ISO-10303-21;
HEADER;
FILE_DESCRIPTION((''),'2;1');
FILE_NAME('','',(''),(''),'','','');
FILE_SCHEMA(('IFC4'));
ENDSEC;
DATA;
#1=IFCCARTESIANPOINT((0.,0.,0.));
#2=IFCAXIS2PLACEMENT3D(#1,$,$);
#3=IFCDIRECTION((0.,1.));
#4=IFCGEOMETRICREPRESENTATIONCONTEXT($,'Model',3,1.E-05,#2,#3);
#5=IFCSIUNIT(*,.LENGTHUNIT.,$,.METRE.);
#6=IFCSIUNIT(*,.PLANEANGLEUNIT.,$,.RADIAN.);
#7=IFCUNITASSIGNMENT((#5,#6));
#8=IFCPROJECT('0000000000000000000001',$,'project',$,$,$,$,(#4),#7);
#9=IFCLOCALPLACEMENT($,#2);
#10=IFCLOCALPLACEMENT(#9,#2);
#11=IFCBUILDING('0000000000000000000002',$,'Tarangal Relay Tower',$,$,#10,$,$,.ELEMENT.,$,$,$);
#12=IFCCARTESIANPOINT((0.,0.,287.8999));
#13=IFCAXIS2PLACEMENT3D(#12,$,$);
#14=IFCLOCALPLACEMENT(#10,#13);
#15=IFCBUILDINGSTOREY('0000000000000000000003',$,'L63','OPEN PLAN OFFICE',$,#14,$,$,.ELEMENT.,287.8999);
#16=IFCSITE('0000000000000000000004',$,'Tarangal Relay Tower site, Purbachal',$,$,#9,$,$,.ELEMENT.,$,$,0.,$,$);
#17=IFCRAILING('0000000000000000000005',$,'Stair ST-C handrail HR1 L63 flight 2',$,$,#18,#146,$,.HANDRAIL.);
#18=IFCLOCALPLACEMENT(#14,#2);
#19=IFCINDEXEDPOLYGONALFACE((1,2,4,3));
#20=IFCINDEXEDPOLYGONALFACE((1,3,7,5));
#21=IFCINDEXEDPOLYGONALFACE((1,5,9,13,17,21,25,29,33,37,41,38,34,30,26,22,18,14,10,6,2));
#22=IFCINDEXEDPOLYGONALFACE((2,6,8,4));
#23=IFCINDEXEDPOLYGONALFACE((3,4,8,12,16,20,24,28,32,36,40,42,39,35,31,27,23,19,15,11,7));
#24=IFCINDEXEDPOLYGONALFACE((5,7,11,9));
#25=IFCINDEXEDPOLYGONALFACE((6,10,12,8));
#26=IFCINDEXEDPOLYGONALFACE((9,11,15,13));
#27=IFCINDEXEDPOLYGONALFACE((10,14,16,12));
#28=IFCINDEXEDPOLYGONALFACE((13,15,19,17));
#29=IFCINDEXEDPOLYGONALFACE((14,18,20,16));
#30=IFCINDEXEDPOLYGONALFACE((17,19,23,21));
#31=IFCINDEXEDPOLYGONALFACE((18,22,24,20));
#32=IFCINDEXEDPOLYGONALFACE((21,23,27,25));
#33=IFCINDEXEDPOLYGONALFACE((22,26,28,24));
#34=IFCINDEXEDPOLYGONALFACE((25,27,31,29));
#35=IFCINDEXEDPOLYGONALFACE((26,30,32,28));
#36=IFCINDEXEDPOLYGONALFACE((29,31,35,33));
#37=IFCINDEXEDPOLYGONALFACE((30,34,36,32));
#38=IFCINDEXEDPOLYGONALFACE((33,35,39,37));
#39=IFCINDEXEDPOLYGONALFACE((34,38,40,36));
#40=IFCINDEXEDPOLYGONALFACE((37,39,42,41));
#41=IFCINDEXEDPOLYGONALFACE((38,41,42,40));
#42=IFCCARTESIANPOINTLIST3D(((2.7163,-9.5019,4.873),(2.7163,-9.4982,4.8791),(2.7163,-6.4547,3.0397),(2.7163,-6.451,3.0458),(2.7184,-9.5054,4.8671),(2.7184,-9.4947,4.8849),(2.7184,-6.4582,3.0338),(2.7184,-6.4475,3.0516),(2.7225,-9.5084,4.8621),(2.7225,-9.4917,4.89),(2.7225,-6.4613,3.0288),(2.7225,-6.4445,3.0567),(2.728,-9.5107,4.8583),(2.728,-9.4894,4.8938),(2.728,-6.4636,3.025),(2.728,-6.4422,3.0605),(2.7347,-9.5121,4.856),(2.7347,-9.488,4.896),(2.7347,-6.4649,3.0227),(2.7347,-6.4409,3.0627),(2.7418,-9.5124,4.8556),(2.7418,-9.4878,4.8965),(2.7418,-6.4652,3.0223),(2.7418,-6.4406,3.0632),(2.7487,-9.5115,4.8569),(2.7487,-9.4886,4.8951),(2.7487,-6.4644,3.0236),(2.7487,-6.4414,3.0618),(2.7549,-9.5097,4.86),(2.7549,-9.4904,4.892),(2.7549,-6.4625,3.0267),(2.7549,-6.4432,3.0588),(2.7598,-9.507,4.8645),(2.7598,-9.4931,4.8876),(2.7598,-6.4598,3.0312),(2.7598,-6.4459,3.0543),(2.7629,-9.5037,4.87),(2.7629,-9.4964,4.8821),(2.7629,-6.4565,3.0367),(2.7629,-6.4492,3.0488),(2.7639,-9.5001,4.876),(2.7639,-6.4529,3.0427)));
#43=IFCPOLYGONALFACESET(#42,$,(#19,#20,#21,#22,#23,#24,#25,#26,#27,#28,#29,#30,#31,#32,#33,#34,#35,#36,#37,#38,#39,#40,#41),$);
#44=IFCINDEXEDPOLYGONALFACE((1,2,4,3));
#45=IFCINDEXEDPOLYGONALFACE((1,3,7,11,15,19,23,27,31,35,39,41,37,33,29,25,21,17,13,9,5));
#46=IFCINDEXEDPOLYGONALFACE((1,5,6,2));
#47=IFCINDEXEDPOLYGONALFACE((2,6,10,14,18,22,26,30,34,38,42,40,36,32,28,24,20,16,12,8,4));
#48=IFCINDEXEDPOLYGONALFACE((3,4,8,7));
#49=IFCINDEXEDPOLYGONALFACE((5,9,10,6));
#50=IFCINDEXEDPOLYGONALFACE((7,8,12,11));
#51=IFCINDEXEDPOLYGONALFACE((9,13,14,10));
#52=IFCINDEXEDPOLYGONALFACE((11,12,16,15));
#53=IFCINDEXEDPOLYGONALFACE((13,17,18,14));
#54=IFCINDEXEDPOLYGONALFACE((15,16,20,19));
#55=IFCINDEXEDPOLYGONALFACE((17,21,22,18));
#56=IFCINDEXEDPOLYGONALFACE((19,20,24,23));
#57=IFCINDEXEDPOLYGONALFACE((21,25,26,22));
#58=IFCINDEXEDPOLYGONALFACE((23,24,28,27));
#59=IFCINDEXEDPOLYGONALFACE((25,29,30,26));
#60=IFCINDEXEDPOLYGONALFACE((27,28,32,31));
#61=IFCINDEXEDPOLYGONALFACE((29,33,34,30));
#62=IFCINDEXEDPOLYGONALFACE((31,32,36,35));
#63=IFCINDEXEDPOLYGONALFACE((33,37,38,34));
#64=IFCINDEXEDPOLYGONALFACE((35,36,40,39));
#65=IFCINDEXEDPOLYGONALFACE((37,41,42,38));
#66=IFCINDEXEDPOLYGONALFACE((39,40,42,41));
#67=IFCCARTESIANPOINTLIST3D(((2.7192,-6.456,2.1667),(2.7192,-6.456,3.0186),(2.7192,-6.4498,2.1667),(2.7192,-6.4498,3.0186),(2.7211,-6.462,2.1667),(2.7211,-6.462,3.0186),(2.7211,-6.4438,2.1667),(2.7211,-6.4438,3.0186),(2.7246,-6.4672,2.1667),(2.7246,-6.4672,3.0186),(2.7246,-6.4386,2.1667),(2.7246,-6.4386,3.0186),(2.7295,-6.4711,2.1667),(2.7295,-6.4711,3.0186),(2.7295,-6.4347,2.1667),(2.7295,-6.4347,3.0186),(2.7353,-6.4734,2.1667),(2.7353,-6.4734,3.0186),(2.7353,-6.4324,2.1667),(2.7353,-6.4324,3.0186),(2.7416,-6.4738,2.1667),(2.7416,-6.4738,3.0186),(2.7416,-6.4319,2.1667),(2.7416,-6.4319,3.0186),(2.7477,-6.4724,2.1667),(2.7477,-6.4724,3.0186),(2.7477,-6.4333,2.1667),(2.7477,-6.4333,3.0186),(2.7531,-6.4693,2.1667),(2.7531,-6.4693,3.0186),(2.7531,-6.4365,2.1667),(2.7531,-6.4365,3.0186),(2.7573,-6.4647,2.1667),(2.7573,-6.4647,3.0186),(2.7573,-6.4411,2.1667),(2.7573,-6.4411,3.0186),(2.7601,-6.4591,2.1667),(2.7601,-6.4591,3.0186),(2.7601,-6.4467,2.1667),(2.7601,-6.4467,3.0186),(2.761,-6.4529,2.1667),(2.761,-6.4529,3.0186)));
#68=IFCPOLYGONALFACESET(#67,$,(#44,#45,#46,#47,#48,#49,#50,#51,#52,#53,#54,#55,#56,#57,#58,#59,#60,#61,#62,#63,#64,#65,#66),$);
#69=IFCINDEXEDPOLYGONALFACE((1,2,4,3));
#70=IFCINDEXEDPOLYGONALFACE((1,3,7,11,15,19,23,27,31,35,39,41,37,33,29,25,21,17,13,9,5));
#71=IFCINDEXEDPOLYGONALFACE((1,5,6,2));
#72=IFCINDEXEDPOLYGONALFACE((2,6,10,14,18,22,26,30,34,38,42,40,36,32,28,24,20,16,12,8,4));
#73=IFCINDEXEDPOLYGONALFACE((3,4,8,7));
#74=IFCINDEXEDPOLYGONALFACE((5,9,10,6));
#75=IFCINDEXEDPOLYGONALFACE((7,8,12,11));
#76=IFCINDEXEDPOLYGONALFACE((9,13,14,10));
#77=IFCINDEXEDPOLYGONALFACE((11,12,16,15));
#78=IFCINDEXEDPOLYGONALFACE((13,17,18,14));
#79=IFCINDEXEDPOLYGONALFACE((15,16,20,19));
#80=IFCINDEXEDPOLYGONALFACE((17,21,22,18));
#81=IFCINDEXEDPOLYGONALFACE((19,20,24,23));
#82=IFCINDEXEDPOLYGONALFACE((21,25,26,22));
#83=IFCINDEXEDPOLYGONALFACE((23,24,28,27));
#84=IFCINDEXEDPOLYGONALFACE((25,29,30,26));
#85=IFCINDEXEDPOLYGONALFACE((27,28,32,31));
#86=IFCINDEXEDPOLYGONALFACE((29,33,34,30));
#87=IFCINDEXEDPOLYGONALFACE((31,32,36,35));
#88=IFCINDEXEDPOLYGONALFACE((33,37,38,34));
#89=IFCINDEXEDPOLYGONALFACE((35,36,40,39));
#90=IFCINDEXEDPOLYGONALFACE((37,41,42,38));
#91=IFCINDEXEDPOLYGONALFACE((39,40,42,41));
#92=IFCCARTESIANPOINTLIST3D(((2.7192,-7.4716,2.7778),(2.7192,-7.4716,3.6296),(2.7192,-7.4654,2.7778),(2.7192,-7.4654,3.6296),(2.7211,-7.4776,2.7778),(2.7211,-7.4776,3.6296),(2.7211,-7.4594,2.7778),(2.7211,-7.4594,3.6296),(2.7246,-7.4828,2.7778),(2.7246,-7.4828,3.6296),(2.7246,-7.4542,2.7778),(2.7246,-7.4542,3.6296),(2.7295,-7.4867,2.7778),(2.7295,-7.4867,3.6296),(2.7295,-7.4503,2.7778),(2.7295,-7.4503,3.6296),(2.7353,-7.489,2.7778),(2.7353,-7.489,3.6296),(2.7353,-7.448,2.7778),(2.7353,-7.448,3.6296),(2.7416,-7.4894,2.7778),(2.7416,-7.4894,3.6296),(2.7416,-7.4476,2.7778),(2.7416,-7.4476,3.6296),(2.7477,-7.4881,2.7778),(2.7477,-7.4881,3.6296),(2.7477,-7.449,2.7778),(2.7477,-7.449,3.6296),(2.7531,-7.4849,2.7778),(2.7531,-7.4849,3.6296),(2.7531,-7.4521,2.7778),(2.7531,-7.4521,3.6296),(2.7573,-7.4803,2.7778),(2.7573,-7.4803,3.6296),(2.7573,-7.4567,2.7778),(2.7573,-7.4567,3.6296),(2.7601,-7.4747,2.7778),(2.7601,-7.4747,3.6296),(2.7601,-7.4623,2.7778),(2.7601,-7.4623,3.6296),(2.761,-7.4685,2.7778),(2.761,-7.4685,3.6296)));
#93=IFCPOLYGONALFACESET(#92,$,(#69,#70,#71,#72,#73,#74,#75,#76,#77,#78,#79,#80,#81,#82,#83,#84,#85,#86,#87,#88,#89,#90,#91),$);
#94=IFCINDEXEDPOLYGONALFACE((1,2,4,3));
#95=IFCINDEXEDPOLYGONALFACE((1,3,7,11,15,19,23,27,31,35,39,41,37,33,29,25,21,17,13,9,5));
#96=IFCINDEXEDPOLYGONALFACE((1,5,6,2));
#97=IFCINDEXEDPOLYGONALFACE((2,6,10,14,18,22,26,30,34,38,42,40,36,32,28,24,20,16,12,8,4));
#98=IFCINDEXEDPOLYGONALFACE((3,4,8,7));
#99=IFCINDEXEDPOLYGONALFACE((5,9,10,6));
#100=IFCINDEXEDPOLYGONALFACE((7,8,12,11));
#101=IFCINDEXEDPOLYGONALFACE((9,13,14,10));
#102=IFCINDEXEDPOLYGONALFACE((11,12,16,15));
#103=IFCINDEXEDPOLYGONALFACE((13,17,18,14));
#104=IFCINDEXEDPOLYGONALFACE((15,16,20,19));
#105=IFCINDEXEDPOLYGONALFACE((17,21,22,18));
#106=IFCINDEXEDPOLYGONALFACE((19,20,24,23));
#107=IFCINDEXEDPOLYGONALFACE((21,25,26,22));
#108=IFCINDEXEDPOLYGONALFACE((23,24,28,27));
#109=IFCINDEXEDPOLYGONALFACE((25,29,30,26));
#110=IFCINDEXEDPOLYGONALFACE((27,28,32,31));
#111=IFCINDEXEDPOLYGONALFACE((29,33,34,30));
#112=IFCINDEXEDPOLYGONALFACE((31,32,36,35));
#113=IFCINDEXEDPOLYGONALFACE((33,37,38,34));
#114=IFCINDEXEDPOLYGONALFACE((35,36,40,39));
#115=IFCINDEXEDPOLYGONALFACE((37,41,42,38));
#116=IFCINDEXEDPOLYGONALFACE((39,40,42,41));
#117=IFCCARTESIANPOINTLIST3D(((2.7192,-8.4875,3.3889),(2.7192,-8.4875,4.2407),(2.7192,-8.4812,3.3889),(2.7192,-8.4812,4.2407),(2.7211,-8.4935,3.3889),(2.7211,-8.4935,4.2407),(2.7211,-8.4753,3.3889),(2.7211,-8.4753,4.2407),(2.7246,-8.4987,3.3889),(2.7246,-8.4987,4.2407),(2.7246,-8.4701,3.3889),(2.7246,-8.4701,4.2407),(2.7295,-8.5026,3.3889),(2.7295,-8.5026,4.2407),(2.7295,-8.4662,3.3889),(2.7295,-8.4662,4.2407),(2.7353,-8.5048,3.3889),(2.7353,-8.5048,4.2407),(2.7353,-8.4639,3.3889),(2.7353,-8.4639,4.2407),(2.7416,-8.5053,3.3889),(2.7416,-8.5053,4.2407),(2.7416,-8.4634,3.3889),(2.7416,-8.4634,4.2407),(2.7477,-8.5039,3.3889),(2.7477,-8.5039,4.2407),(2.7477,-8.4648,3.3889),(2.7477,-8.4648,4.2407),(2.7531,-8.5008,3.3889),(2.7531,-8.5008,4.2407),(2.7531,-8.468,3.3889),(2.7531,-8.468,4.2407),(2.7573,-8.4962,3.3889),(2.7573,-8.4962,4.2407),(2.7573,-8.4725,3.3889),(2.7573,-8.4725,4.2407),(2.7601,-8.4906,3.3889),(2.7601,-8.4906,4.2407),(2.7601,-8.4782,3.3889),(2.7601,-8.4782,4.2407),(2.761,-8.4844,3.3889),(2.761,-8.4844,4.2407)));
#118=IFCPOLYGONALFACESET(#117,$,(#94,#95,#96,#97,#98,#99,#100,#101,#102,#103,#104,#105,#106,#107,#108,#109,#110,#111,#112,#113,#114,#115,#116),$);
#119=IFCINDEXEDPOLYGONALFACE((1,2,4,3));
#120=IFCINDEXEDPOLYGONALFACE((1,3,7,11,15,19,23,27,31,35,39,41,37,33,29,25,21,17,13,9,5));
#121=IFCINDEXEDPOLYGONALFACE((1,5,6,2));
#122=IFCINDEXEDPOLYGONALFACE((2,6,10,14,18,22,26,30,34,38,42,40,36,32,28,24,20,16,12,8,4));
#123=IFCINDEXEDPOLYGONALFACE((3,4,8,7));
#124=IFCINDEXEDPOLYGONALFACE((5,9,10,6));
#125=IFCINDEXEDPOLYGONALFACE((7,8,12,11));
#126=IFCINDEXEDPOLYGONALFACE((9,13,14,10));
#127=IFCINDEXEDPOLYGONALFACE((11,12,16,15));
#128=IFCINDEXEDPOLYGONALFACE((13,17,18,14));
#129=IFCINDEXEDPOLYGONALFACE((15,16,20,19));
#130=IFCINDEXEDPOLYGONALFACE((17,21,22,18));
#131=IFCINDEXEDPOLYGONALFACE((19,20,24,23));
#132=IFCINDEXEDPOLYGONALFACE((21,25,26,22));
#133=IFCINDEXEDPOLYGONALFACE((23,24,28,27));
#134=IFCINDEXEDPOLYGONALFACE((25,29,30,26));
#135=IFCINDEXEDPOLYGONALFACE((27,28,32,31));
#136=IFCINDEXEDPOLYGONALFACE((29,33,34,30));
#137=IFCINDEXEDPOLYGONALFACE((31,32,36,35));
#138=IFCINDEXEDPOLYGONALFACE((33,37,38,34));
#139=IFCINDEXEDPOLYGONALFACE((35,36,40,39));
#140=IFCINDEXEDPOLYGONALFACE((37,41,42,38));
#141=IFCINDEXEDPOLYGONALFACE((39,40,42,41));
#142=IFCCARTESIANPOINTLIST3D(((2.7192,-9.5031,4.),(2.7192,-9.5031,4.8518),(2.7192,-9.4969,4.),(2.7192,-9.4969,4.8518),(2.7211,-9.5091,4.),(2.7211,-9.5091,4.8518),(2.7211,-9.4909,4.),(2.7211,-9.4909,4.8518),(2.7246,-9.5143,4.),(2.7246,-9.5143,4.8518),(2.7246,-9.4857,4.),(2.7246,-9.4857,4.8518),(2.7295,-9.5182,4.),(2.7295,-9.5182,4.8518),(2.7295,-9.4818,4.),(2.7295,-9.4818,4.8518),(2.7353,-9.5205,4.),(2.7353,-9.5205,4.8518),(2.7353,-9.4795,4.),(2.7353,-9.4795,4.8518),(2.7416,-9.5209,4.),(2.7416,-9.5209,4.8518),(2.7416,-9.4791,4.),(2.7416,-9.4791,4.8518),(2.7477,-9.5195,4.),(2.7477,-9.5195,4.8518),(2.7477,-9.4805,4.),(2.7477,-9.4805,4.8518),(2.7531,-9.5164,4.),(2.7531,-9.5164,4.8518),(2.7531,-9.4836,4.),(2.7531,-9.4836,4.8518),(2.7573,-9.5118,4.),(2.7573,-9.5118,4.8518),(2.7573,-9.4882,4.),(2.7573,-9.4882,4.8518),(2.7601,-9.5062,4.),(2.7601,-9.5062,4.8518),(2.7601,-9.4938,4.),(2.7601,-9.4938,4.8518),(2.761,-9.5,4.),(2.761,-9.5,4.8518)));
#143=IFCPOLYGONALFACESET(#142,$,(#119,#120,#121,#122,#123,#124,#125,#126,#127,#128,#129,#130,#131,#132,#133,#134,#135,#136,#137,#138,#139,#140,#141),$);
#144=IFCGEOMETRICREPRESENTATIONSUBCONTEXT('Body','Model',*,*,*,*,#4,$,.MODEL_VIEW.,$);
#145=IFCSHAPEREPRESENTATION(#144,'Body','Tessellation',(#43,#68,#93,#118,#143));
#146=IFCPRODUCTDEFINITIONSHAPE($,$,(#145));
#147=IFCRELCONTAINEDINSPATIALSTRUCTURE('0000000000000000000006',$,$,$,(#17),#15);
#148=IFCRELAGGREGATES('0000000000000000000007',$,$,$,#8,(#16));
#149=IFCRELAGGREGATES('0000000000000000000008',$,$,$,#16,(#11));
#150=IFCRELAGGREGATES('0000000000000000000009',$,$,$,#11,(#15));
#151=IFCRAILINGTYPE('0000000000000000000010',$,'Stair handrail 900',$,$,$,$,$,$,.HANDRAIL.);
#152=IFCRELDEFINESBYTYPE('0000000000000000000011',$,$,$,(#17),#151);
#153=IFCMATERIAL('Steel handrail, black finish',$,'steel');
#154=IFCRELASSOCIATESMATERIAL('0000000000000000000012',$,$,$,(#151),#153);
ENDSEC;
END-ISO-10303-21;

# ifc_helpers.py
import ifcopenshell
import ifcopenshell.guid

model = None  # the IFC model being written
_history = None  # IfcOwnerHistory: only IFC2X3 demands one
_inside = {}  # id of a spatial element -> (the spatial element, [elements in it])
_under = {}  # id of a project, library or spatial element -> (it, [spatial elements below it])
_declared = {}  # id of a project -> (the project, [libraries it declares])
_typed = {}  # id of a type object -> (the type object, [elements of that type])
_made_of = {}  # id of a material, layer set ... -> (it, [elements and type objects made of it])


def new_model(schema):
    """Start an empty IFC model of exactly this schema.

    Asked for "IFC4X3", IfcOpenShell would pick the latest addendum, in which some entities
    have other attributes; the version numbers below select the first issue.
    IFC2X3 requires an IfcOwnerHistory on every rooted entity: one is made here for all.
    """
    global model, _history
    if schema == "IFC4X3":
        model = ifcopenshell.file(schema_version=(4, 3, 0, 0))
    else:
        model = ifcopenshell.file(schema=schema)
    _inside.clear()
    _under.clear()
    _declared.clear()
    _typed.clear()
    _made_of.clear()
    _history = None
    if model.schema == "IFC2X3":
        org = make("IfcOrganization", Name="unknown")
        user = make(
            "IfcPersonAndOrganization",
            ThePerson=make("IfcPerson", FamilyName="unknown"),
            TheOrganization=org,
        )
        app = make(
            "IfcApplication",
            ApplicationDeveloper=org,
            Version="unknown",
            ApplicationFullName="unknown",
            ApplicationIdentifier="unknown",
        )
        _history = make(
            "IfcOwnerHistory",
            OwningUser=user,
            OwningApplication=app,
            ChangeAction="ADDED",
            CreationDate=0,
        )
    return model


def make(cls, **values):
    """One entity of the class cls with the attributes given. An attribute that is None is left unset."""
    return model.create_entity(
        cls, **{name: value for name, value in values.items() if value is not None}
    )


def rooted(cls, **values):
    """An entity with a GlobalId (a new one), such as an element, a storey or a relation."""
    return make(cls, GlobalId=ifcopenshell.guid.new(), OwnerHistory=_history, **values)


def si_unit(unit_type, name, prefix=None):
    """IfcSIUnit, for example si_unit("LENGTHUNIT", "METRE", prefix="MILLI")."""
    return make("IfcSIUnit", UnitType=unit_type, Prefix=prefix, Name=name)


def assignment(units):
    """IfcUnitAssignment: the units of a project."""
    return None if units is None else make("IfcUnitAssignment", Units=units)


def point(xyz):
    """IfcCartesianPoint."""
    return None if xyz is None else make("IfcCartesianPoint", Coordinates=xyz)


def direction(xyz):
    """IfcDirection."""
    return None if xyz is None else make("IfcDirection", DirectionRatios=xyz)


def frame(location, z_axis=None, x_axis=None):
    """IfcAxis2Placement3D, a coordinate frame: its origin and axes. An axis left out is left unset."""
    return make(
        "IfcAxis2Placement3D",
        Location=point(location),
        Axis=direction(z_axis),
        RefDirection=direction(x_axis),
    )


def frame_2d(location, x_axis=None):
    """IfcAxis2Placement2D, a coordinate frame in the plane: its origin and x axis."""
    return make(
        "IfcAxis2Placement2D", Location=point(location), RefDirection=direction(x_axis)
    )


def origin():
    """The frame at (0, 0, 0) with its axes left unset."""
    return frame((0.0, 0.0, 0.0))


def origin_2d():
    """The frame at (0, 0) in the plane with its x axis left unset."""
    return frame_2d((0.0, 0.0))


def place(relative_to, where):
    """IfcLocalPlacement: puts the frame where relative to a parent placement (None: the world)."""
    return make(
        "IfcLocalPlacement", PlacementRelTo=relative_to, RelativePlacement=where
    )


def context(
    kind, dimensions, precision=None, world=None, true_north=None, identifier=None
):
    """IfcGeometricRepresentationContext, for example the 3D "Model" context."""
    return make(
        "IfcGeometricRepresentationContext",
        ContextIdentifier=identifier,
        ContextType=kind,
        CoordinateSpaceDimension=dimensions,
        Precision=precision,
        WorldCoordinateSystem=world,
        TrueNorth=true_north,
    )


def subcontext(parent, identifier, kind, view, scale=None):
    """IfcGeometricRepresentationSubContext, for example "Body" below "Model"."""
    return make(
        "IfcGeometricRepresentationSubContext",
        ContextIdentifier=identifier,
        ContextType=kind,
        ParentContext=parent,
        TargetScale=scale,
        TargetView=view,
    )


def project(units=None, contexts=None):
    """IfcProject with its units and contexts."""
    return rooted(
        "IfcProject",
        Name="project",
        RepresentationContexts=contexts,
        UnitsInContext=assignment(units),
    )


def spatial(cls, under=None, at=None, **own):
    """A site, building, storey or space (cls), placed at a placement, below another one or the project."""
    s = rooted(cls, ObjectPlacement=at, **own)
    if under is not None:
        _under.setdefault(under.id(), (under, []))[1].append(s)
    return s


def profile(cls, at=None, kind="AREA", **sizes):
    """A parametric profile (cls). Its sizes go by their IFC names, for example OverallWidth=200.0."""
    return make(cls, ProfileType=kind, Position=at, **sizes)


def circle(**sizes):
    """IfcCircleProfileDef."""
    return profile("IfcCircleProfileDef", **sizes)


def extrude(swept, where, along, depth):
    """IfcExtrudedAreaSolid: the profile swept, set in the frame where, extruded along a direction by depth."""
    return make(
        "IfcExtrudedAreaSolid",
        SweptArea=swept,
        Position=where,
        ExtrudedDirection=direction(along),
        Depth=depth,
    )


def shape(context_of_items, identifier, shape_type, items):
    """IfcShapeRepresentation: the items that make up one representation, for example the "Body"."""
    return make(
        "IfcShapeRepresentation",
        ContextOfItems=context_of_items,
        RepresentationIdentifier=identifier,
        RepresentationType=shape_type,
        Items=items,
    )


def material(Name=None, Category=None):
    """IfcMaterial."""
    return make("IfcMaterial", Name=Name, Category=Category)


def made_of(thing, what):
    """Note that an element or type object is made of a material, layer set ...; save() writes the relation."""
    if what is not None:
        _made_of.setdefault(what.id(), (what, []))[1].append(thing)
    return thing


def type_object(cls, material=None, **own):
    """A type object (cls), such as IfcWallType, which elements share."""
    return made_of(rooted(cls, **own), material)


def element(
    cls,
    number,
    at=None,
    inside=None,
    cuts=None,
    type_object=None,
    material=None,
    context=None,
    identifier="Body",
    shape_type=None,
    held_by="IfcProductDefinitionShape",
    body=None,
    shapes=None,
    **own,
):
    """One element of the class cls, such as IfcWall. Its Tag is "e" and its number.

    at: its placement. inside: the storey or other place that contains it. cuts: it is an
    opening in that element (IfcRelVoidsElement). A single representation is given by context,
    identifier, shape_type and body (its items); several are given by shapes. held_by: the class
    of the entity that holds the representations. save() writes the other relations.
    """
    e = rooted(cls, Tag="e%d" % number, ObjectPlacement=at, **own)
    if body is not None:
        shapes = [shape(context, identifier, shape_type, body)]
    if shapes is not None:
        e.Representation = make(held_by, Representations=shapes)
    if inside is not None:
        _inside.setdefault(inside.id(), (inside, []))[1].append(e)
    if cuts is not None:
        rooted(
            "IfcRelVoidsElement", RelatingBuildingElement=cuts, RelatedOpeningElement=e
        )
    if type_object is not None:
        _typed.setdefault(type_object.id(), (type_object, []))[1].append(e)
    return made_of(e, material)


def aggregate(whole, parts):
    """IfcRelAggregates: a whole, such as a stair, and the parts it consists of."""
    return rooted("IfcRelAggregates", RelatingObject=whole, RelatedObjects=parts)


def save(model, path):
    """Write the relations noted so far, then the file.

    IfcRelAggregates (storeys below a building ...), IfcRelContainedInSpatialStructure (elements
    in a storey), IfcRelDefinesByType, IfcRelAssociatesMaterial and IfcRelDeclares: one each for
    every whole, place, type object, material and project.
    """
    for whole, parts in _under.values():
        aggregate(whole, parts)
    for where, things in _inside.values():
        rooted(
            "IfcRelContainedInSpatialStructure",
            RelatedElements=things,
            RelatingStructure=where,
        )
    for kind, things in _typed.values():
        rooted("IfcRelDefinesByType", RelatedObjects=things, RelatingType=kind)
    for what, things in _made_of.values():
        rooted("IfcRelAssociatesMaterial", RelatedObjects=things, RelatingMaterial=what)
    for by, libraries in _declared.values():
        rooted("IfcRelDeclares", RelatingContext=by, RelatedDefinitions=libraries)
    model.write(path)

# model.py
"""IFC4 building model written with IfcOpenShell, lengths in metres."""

from ifc_helpers import new_model, si_unit, direction, frame, origin, origin_2d, place, context, subcontext, project, spatial, circle, extrude, material, type_object, element, save


model = new_model("IFC4")

# Units and contexts
model_context = context("Model", 3, precision=1e-05, world=origin(), true_north=direction((0.0, 1.0)))
body_context = subcontext(model_context, "Body", "Model", "MODEL_VIEW")
ifc_project = project(units=[si_unit("LENGTHUNIT", "METRE"), si_unit("PLANEANGLEUNIT", "RADIAN")], contexts=[model_context])

# Site, building, storey
site_placement = place(None, origin())
site = spatial("IfcSite", under=ifc_project, at=site_placement, Name="Tarangal Relay Tower site, Purbachal", CompositionType="ELEMENT", RefElevation=0.0)
building_placement = place(site_placement, origin())
building = spatial("IfcBuilding", under=site, at=building_placement, Name="Tarangal Relay Tower", CompositionType="ELEMENT")
storey_placement = place(building_placement, frame((0.0, 0.0, 287.8999)))
storey = spatial("IfcBuildingStorey", under=building, at=storey_placement, Name="L63", Description="OPEN PLAN OFFICE", CompositionType="ELEMENT", Elevation=287.8999)

# Railing
ifc_material_1 = material(Name="Steel handrail, black finish", Category="steel")
railing_type_1 = type_object("IfcRailingType", Name="Stair handrail 900", PredefinedType="HANDRAIL", material=ifc_material_1)
railing_1_placement = place(storey_placement, frame((2.74, -6.4529, 2.1667)))
element("IfcRailing", 1, at=railing_1_placement, inside=storey, type_object=railing_type_1, Name="Stair ST-C handrail HR1 L63 flight 2", PredefinedType="HANDRAIL", context=body_context, shape_type="SweptSolid", body=[
    extrude(circle(Radius=0.0239, at=origin_2d()), frame((0.0, 0.0, 0.876), z_axis=(0.0, -0.856874, 0.515525), x_axis=(1.0, 0.0, 0.0)), (0.0, 0.0, 1.0), 3.5562),
    extrude(circle(Radius=0.021, at=origin_2d()), origin(), (0.0, 0.0, 1.0), 0.8518),
    extrude(circle(Radius=0.021, at=origin_2d()), frame((0.0, -1.0156, 0.6111)), (0.0, 0.0, 1.0), 0.8518),
    extrude(circle(Radius=0.021, at=origin_2d()), frame((0.0, -2.0315, 1.2222)), (0.0, 0.0, 1.0), 0.8518),
    extrude(circle(Radius=0.021, at=origin_2d()), frame((0.0, -3.0471, 1.8333)), (0.0, 0.0, 1.0), 0.8518),
])

save(model, "model.ifc")
